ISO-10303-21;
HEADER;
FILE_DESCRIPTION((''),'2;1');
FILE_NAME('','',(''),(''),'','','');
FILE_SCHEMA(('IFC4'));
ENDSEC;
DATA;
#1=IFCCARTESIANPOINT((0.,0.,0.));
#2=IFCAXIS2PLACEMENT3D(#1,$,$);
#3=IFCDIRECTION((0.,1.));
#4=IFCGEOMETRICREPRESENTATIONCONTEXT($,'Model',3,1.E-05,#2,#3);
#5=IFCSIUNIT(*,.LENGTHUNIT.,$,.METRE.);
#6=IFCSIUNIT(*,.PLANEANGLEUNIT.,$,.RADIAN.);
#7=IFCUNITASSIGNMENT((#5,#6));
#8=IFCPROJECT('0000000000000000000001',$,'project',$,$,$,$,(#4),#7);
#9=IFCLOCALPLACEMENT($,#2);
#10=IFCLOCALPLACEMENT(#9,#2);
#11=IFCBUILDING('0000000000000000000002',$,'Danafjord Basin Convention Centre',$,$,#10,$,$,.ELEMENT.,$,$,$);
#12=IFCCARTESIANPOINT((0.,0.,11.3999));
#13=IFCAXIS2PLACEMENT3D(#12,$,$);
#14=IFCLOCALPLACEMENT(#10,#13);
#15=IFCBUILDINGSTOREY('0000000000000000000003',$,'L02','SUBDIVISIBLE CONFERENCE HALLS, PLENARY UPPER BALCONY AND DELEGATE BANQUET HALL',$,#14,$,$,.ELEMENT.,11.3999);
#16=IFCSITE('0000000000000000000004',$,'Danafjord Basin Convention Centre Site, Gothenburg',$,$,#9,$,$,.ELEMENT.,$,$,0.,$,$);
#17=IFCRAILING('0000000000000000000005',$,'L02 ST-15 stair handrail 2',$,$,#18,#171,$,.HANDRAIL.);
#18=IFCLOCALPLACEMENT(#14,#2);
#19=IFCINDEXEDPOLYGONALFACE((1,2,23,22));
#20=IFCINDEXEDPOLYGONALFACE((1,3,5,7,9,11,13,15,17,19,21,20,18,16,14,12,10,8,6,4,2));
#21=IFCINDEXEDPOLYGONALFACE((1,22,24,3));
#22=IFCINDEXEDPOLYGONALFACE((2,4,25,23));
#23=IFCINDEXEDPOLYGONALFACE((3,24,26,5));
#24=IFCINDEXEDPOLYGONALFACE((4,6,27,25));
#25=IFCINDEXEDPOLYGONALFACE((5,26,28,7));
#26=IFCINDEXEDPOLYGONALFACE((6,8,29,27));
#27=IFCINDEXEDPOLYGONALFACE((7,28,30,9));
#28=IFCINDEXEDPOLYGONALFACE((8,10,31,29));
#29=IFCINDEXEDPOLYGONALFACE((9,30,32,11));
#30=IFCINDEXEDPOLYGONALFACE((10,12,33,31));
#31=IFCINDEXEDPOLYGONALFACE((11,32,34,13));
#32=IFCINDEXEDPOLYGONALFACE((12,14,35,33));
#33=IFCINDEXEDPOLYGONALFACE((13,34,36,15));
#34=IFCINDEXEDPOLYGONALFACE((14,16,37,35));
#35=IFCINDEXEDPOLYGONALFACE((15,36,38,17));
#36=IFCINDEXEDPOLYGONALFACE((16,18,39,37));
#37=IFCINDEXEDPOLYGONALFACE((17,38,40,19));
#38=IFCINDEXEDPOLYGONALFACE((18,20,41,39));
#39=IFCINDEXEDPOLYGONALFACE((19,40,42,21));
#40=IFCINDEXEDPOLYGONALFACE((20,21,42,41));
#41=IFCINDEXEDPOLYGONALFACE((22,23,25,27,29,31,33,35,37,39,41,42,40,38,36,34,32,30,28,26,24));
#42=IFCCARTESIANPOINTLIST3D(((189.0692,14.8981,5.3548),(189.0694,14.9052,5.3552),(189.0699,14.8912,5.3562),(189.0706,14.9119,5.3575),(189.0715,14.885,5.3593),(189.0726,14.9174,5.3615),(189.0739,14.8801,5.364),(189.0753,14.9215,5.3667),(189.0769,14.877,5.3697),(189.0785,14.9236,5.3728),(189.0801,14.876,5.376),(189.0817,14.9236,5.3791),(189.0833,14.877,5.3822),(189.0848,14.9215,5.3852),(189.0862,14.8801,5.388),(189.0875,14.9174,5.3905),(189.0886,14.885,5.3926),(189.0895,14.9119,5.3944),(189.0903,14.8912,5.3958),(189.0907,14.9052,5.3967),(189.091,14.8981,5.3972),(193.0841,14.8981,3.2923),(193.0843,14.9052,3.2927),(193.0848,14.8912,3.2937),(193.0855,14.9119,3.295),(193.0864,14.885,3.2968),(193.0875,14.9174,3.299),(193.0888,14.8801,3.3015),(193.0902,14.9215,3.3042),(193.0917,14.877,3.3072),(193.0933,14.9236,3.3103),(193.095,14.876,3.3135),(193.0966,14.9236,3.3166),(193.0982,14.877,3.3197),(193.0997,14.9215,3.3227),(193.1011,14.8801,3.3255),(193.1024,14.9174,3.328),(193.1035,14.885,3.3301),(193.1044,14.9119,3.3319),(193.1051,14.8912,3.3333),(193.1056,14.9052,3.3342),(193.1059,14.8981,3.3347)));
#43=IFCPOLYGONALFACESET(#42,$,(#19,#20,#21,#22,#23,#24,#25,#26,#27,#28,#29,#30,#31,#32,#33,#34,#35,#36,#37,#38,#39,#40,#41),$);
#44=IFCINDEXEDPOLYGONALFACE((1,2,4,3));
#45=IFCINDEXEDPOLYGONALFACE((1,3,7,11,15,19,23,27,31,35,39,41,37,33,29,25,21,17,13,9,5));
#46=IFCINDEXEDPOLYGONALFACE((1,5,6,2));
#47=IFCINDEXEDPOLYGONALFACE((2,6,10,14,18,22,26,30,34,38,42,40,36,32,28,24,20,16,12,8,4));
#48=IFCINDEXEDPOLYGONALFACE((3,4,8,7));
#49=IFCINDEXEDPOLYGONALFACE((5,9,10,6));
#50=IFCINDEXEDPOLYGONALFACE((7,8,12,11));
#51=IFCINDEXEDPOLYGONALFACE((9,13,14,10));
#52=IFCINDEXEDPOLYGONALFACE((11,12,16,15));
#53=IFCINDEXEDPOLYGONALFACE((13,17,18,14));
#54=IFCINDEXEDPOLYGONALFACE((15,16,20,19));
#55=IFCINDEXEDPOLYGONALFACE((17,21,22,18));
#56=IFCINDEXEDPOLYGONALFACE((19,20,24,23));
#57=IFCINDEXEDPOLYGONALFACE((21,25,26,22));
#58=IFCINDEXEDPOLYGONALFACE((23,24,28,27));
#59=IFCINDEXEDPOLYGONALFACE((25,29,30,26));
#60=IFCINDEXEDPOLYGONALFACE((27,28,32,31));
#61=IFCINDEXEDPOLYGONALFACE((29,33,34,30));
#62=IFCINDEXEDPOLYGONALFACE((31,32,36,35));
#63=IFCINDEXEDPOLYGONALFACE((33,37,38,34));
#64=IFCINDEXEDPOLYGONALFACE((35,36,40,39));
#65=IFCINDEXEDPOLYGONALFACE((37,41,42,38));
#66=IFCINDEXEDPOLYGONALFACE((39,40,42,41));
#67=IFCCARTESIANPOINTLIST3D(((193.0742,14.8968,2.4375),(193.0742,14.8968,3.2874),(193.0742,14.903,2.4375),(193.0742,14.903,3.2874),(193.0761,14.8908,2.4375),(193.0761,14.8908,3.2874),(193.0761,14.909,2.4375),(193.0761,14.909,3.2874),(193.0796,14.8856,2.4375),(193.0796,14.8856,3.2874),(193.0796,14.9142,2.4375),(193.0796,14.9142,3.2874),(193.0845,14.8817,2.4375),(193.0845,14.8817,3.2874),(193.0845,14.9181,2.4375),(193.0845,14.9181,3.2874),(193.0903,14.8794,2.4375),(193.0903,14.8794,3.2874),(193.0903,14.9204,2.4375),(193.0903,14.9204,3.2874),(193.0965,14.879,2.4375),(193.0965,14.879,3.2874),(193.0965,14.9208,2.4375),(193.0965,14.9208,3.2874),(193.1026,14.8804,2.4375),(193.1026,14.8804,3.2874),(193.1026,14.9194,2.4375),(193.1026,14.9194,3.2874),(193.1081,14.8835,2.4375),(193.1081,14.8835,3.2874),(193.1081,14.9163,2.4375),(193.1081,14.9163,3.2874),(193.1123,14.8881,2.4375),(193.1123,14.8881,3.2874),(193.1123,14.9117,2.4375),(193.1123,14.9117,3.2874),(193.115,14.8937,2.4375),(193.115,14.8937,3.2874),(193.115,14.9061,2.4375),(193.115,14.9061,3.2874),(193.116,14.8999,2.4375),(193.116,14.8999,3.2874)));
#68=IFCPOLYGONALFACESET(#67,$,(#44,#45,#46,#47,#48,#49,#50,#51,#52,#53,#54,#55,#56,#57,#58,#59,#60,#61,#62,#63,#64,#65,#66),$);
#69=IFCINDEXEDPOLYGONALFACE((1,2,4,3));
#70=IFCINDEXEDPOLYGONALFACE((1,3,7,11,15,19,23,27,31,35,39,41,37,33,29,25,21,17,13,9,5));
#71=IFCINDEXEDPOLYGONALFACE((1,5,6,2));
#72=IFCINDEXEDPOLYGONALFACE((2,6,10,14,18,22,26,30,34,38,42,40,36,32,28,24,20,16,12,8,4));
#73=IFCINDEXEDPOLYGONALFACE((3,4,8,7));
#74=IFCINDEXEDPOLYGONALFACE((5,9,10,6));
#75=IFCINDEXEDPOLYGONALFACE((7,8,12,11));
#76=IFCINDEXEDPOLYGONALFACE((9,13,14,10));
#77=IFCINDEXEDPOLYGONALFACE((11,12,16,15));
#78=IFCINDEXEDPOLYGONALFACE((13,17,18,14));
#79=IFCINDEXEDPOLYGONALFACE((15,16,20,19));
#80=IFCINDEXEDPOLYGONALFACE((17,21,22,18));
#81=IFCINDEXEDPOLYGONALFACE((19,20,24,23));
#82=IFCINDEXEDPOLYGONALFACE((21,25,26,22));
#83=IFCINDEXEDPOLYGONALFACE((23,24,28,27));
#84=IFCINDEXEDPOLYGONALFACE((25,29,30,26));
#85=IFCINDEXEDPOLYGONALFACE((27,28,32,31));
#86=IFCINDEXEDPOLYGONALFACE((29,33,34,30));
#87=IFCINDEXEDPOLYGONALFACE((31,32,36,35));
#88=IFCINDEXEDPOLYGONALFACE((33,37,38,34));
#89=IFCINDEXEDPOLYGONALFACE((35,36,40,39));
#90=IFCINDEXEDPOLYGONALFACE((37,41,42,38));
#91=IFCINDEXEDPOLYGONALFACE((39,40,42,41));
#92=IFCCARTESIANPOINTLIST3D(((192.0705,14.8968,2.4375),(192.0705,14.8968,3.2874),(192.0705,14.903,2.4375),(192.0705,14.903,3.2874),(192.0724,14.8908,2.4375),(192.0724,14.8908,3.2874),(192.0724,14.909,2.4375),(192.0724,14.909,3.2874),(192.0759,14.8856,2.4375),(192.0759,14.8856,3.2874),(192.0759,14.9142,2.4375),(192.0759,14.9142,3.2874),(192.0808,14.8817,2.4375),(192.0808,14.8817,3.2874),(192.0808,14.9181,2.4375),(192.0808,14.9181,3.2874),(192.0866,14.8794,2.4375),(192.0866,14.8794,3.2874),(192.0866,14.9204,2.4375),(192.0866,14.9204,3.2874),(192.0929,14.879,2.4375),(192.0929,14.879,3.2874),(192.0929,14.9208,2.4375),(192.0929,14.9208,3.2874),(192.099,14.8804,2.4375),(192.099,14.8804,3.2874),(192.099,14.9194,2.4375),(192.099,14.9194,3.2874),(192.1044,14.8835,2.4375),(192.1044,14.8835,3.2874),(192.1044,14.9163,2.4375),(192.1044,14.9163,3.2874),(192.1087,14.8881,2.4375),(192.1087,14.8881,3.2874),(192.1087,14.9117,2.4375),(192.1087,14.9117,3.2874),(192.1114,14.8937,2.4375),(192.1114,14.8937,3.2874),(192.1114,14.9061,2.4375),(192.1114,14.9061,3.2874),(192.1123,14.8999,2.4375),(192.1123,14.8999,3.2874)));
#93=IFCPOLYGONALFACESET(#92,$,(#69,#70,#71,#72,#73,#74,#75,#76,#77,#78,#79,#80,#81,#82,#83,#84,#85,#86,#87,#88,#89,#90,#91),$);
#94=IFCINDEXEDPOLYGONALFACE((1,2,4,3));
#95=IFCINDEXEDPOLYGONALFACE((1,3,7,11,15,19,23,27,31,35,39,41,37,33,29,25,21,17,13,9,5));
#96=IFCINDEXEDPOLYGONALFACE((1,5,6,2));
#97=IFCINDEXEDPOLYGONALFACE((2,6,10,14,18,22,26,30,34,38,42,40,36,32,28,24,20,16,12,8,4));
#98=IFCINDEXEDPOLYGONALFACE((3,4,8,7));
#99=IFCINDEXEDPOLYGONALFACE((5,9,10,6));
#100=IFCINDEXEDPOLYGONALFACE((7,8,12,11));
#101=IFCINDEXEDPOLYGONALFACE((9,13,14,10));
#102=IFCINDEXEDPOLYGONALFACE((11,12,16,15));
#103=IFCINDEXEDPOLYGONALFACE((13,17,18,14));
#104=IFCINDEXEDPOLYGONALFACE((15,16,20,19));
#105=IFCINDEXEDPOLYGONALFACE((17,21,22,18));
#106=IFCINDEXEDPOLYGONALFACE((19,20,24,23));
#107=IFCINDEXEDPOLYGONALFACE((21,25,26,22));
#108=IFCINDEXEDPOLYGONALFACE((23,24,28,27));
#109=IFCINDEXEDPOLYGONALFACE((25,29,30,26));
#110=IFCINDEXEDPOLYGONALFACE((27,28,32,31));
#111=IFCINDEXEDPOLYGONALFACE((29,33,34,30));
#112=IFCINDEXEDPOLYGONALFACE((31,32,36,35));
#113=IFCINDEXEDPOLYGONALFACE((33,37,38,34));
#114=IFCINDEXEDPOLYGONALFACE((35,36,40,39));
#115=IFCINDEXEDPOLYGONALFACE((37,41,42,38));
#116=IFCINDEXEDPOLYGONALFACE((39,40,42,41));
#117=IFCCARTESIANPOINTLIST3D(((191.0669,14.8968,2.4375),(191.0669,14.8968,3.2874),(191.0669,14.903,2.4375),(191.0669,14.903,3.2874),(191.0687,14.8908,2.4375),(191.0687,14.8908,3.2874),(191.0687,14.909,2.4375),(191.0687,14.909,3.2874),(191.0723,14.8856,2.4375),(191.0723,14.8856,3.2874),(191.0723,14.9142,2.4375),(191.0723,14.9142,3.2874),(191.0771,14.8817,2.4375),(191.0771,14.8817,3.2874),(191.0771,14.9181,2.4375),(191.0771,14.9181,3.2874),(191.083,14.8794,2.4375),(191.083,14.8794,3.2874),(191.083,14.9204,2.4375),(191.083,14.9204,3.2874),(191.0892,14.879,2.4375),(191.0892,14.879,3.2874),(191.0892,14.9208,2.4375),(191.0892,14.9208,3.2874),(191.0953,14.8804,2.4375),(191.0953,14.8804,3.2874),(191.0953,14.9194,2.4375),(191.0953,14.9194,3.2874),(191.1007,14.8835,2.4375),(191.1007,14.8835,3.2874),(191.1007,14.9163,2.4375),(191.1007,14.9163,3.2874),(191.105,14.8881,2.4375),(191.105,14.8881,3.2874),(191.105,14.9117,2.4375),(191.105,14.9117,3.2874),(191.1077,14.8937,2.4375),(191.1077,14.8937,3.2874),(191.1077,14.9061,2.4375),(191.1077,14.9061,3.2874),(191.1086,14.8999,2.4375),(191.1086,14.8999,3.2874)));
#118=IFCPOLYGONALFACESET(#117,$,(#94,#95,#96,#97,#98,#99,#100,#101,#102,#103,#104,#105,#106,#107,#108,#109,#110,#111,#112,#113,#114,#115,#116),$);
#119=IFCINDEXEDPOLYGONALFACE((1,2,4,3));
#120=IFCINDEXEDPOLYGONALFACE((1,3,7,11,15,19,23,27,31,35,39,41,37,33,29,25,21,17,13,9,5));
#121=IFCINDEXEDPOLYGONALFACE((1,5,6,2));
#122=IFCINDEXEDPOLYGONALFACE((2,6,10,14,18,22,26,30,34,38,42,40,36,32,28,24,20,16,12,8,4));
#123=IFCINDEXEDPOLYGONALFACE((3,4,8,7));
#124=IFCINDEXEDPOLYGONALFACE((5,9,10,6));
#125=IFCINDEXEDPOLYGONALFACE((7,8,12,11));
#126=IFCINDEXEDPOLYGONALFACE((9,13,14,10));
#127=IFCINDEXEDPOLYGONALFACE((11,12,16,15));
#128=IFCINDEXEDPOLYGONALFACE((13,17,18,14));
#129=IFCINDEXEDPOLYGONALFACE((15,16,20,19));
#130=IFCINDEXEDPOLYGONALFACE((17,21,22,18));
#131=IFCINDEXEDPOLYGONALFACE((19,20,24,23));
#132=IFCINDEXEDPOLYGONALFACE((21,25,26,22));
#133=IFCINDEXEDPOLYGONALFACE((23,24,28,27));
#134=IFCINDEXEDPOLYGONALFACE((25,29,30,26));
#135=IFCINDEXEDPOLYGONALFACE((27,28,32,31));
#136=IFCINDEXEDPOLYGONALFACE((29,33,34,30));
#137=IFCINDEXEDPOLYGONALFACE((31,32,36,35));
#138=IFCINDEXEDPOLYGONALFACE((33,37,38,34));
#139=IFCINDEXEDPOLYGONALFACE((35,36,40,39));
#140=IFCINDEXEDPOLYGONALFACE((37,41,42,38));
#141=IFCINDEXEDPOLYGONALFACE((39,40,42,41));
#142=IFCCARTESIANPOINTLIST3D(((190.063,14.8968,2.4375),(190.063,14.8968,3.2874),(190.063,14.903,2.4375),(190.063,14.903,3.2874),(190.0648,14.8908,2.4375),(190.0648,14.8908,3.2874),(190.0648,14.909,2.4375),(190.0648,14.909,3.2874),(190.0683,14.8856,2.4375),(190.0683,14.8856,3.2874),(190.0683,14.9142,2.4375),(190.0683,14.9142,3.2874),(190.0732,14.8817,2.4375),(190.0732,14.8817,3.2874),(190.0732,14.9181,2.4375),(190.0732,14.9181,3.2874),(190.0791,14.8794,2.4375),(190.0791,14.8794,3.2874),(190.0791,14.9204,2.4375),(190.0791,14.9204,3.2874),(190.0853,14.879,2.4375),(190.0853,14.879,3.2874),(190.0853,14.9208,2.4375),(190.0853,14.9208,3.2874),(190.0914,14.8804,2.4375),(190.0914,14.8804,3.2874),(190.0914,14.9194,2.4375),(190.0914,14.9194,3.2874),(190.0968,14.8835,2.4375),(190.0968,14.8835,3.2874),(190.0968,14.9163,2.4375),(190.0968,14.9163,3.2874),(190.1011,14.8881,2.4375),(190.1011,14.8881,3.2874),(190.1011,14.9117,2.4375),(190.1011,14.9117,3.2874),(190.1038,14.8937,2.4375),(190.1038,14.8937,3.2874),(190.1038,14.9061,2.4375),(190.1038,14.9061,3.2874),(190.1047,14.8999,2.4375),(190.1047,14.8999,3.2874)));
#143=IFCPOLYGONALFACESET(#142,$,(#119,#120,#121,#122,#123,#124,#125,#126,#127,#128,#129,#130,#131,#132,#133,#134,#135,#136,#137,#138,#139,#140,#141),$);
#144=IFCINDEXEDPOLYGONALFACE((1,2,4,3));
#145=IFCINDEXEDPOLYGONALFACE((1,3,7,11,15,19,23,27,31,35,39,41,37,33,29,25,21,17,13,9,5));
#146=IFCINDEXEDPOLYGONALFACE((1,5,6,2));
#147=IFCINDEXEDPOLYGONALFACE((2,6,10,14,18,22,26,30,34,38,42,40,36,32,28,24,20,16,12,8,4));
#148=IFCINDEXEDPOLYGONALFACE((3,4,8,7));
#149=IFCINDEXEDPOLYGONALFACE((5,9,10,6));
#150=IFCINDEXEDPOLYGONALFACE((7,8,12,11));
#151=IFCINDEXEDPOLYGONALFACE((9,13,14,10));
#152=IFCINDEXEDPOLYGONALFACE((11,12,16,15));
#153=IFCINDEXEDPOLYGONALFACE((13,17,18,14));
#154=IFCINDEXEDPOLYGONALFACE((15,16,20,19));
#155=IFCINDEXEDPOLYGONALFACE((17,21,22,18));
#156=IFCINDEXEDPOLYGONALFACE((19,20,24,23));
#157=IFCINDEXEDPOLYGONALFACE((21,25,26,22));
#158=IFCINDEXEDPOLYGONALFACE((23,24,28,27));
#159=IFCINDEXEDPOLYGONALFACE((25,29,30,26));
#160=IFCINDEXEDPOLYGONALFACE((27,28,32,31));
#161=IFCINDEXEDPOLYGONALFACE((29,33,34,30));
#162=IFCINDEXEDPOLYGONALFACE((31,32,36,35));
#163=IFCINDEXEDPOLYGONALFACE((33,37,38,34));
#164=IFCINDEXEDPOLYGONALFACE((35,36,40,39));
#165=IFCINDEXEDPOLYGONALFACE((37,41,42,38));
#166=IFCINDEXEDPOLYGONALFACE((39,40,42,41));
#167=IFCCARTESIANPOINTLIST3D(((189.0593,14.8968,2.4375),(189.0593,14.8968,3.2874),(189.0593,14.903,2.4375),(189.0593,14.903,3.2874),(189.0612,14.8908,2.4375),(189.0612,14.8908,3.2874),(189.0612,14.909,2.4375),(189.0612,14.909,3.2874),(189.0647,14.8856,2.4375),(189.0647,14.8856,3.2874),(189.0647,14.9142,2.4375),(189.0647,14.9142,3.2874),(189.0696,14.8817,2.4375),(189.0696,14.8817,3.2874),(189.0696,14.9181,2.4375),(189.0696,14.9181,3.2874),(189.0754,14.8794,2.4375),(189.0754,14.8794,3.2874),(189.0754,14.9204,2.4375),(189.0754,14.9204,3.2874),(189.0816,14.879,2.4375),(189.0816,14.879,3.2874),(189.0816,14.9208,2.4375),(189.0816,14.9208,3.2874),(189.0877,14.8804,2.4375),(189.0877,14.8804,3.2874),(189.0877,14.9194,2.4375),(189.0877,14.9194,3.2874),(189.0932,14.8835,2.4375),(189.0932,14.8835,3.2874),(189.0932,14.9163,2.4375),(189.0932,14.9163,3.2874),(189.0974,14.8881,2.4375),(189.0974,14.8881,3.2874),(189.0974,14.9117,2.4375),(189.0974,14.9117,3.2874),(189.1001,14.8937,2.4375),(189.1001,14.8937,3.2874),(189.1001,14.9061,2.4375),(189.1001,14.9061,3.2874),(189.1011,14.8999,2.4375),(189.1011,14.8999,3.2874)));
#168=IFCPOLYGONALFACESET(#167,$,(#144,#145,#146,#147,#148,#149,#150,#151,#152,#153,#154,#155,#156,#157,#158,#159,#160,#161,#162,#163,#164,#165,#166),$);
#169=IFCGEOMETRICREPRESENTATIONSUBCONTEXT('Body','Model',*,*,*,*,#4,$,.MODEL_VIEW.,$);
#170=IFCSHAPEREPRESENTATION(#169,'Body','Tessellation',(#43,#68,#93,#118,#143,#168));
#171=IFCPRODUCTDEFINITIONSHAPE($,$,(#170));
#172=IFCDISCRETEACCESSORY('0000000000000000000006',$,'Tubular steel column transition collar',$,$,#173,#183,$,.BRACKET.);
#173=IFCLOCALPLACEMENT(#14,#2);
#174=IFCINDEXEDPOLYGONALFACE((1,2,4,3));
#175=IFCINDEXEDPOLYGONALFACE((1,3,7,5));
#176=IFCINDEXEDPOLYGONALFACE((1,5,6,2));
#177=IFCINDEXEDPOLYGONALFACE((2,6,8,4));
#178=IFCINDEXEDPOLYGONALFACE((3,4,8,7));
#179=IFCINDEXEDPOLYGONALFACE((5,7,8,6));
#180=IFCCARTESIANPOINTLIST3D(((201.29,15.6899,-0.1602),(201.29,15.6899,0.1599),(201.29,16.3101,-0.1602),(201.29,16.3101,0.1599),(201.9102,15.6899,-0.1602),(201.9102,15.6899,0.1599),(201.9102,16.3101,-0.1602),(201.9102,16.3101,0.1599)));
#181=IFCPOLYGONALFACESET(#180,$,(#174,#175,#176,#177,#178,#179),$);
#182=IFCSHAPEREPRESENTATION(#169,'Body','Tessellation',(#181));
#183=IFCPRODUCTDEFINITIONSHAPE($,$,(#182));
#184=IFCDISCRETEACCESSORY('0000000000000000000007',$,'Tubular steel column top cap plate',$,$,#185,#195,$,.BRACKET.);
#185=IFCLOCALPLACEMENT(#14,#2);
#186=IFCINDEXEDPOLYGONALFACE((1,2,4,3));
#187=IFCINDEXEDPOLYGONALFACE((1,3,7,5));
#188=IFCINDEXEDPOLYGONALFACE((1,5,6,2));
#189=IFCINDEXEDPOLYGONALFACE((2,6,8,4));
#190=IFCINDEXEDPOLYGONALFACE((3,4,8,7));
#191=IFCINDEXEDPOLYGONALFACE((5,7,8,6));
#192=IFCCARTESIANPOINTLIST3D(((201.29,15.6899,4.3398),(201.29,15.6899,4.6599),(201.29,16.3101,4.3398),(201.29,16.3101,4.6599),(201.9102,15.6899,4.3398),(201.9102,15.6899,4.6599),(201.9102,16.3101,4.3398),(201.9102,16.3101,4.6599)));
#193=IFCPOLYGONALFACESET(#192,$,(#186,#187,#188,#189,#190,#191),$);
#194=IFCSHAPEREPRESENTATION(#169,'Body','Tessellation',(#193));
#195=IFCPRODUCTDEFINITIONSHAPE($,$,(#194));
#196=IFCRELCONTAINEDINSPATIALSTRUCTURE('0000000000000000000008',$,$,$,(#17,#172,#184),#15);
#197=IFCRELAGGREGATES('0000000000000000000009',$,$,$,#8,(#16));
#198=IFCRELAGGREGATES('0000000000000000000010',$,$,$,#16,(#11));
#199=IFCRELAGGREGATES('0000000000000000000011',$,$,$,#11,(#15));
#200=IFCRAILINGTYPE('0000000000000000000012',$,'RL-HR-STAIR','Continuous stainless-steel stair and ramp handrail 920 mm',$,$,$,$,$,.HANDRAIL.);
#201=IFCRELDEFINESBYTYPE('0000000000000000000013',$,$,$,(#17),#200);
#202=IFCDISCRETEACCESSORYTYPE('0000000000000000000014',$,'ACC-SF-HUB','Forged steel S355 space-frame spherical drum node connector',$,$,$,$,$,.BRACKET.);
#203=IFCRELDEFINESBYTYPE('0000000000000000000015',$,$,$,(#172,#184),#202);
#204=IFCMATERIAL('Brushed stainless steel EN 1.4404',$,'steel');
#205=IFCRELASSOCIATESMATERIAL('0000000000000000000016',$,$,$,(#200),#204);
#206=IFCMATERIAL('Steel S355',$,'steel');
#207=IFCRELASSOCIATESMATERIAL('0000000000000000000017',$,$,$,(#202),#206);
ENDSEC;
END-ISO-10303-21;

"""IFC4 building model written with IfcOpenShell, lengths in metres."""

from ifc_helpers import new_model, si_unit, direction, frame, origin, origin_2d, place, context, subcontext, project, spatial, rectangle, circle, extrude, material, type_object, element, save


model = new_model("IFC4")

# Units and contexts
model_context = context("Model", 3, precision=1e-05, world=origin(), true_north=direction((0.0, 1.0)))
body_context = subcontext(model_context, "Body", "Model", "MODEL_VIEW")
ifc_project = project(units=[si_unit("LENGTHUNIT", "METRE"), si_unit("PLANEANGLEUNIT", "RADIAN")], contexts=[model_context])

# Site, building, storey
site_placement = place(None, origin())
site = spatial("IfcSite", under=ifc_project, at=site_placement, Name="Danafjord Basin Convention Centre Site, Gothenburg", CompositionType="ELEMENT", RefElevation=0.0)
building_placement = place(site_placement, origin())
building = spatial("IfcBuilding", under=site, at=building_placement, Name="Danafjord Basin Convention Centre", CompositionType="ELEMENT")
storey_placement = place(building_placement, frame((0.0, 0.0, 11.3999)))
storey = spatial("IfcBuildingStorey", under=building, at=storey_placement, Name="L02", Description="SUBDIVISIBLE CONFERENCE HALLS, PLENARY UPPER BALCONY AND DELEGATE BANQUET HALL", CompositionType="ELEMENT", Elevation=11.3999)

# Shared definitions
ifc_material_1 = material(Name="Steel S355", Category="steel")

# Railing
ifc_material_2 = material(Name="Brushed stainless steel EN 1.4404", Category="steel")
railing_type_1 = type_object("IfcRailingType", Name="RL-HR-STAIR", Description="Continuous stainless-steel stair and ramp handrail 920 mm", PredefinedType="HANDRAIL", material=ifc_material_2)
railing_1_placement = place(storey_placement, frame((193.095, 14.8999, 2.4375)))
element("IfcRailing", 1, at=railing_1_placement, inside=storey, type_object=railing_type_1, Name="L02 ST-15 stair handrail 2", PredefinedType="HANDRAIL", context=body_context, shape_type="SweptSolid", body=[
    extrude(circle(Radius=0.0239, at=origin_2d()), frame((0.0, 0.0, 0.876), z_axis=(-0.889495, 0.0, 0.456945), x_axis=(0.0, -1.0, 0.0)), (0.0, 0.0, 1.0), 4.5137),
    extrude(circle(Radius=0.021, at=origin_2d()), origin(), (0.0, 0.0, 1.0), 0.8499),
    extrude(circle(Radius=0.021, at=origin_2d()), frame((-1.0037, 0.0, 0.0)), (0.0, 0.0, 1.0), 0.8499),
    extrude(circle(Radius=0.021, at=origin_2d()), frame((-2.0073, 0.0, 0.0)), (0.0, 0.0, 1.0), 0.8499),
    extrude(circle(Radius=0.021, at=origin_2d()), frame((-3.0112, 0.0, 0.0)), (0.0, 0.0, 1.0), 0.8499),
    extrude(circle(Radius=0.021, at=origin_2d()), frame((-4.0149, 0.0, 0.0)), (0.0, 0.0, 1.0), 0.8499),
])

# Discrete accessories
discrete_accessory_type = type_object("IfcDiscreteAccessoryType", Name="ACC-SF-HUB", Description="Forged steel S355 space-frame spherical drum node connector", PredefinedType="BRACKET", material=ifc_material_1)
for number, where, z_axis, x_axis, name in (
    (2, (201.6001, 16.0, -0.1602), (0.0, 0.0, 1.0), (1.0, 0.0, 0.0), "Tubular steel column transition collar"),
    (3, (201.6001, 16.0, 4.3398), (0.0, 0.0, 1.0), (1.0, 0.0, 0.0), "Tubular steel column top cap plate"),
):
    element("IfcDiscreteAccessory", number, at=place(storey_placement, frame(where, z_axis=z_axis, x_axis=x_axis)), inside=storey, type_object=discrete_accessory_type, Name=name, PredefinedType="BRACKET", context=body_context, shape_type="SweptSolid", body=[
        extrude(rectangle(XDim=0.6201, YDim=0.6201, at=origin_2d()), origin(), (0.0, 0.0, 1.0), 0.3201),
    ])

save(model, "model.ifc")
